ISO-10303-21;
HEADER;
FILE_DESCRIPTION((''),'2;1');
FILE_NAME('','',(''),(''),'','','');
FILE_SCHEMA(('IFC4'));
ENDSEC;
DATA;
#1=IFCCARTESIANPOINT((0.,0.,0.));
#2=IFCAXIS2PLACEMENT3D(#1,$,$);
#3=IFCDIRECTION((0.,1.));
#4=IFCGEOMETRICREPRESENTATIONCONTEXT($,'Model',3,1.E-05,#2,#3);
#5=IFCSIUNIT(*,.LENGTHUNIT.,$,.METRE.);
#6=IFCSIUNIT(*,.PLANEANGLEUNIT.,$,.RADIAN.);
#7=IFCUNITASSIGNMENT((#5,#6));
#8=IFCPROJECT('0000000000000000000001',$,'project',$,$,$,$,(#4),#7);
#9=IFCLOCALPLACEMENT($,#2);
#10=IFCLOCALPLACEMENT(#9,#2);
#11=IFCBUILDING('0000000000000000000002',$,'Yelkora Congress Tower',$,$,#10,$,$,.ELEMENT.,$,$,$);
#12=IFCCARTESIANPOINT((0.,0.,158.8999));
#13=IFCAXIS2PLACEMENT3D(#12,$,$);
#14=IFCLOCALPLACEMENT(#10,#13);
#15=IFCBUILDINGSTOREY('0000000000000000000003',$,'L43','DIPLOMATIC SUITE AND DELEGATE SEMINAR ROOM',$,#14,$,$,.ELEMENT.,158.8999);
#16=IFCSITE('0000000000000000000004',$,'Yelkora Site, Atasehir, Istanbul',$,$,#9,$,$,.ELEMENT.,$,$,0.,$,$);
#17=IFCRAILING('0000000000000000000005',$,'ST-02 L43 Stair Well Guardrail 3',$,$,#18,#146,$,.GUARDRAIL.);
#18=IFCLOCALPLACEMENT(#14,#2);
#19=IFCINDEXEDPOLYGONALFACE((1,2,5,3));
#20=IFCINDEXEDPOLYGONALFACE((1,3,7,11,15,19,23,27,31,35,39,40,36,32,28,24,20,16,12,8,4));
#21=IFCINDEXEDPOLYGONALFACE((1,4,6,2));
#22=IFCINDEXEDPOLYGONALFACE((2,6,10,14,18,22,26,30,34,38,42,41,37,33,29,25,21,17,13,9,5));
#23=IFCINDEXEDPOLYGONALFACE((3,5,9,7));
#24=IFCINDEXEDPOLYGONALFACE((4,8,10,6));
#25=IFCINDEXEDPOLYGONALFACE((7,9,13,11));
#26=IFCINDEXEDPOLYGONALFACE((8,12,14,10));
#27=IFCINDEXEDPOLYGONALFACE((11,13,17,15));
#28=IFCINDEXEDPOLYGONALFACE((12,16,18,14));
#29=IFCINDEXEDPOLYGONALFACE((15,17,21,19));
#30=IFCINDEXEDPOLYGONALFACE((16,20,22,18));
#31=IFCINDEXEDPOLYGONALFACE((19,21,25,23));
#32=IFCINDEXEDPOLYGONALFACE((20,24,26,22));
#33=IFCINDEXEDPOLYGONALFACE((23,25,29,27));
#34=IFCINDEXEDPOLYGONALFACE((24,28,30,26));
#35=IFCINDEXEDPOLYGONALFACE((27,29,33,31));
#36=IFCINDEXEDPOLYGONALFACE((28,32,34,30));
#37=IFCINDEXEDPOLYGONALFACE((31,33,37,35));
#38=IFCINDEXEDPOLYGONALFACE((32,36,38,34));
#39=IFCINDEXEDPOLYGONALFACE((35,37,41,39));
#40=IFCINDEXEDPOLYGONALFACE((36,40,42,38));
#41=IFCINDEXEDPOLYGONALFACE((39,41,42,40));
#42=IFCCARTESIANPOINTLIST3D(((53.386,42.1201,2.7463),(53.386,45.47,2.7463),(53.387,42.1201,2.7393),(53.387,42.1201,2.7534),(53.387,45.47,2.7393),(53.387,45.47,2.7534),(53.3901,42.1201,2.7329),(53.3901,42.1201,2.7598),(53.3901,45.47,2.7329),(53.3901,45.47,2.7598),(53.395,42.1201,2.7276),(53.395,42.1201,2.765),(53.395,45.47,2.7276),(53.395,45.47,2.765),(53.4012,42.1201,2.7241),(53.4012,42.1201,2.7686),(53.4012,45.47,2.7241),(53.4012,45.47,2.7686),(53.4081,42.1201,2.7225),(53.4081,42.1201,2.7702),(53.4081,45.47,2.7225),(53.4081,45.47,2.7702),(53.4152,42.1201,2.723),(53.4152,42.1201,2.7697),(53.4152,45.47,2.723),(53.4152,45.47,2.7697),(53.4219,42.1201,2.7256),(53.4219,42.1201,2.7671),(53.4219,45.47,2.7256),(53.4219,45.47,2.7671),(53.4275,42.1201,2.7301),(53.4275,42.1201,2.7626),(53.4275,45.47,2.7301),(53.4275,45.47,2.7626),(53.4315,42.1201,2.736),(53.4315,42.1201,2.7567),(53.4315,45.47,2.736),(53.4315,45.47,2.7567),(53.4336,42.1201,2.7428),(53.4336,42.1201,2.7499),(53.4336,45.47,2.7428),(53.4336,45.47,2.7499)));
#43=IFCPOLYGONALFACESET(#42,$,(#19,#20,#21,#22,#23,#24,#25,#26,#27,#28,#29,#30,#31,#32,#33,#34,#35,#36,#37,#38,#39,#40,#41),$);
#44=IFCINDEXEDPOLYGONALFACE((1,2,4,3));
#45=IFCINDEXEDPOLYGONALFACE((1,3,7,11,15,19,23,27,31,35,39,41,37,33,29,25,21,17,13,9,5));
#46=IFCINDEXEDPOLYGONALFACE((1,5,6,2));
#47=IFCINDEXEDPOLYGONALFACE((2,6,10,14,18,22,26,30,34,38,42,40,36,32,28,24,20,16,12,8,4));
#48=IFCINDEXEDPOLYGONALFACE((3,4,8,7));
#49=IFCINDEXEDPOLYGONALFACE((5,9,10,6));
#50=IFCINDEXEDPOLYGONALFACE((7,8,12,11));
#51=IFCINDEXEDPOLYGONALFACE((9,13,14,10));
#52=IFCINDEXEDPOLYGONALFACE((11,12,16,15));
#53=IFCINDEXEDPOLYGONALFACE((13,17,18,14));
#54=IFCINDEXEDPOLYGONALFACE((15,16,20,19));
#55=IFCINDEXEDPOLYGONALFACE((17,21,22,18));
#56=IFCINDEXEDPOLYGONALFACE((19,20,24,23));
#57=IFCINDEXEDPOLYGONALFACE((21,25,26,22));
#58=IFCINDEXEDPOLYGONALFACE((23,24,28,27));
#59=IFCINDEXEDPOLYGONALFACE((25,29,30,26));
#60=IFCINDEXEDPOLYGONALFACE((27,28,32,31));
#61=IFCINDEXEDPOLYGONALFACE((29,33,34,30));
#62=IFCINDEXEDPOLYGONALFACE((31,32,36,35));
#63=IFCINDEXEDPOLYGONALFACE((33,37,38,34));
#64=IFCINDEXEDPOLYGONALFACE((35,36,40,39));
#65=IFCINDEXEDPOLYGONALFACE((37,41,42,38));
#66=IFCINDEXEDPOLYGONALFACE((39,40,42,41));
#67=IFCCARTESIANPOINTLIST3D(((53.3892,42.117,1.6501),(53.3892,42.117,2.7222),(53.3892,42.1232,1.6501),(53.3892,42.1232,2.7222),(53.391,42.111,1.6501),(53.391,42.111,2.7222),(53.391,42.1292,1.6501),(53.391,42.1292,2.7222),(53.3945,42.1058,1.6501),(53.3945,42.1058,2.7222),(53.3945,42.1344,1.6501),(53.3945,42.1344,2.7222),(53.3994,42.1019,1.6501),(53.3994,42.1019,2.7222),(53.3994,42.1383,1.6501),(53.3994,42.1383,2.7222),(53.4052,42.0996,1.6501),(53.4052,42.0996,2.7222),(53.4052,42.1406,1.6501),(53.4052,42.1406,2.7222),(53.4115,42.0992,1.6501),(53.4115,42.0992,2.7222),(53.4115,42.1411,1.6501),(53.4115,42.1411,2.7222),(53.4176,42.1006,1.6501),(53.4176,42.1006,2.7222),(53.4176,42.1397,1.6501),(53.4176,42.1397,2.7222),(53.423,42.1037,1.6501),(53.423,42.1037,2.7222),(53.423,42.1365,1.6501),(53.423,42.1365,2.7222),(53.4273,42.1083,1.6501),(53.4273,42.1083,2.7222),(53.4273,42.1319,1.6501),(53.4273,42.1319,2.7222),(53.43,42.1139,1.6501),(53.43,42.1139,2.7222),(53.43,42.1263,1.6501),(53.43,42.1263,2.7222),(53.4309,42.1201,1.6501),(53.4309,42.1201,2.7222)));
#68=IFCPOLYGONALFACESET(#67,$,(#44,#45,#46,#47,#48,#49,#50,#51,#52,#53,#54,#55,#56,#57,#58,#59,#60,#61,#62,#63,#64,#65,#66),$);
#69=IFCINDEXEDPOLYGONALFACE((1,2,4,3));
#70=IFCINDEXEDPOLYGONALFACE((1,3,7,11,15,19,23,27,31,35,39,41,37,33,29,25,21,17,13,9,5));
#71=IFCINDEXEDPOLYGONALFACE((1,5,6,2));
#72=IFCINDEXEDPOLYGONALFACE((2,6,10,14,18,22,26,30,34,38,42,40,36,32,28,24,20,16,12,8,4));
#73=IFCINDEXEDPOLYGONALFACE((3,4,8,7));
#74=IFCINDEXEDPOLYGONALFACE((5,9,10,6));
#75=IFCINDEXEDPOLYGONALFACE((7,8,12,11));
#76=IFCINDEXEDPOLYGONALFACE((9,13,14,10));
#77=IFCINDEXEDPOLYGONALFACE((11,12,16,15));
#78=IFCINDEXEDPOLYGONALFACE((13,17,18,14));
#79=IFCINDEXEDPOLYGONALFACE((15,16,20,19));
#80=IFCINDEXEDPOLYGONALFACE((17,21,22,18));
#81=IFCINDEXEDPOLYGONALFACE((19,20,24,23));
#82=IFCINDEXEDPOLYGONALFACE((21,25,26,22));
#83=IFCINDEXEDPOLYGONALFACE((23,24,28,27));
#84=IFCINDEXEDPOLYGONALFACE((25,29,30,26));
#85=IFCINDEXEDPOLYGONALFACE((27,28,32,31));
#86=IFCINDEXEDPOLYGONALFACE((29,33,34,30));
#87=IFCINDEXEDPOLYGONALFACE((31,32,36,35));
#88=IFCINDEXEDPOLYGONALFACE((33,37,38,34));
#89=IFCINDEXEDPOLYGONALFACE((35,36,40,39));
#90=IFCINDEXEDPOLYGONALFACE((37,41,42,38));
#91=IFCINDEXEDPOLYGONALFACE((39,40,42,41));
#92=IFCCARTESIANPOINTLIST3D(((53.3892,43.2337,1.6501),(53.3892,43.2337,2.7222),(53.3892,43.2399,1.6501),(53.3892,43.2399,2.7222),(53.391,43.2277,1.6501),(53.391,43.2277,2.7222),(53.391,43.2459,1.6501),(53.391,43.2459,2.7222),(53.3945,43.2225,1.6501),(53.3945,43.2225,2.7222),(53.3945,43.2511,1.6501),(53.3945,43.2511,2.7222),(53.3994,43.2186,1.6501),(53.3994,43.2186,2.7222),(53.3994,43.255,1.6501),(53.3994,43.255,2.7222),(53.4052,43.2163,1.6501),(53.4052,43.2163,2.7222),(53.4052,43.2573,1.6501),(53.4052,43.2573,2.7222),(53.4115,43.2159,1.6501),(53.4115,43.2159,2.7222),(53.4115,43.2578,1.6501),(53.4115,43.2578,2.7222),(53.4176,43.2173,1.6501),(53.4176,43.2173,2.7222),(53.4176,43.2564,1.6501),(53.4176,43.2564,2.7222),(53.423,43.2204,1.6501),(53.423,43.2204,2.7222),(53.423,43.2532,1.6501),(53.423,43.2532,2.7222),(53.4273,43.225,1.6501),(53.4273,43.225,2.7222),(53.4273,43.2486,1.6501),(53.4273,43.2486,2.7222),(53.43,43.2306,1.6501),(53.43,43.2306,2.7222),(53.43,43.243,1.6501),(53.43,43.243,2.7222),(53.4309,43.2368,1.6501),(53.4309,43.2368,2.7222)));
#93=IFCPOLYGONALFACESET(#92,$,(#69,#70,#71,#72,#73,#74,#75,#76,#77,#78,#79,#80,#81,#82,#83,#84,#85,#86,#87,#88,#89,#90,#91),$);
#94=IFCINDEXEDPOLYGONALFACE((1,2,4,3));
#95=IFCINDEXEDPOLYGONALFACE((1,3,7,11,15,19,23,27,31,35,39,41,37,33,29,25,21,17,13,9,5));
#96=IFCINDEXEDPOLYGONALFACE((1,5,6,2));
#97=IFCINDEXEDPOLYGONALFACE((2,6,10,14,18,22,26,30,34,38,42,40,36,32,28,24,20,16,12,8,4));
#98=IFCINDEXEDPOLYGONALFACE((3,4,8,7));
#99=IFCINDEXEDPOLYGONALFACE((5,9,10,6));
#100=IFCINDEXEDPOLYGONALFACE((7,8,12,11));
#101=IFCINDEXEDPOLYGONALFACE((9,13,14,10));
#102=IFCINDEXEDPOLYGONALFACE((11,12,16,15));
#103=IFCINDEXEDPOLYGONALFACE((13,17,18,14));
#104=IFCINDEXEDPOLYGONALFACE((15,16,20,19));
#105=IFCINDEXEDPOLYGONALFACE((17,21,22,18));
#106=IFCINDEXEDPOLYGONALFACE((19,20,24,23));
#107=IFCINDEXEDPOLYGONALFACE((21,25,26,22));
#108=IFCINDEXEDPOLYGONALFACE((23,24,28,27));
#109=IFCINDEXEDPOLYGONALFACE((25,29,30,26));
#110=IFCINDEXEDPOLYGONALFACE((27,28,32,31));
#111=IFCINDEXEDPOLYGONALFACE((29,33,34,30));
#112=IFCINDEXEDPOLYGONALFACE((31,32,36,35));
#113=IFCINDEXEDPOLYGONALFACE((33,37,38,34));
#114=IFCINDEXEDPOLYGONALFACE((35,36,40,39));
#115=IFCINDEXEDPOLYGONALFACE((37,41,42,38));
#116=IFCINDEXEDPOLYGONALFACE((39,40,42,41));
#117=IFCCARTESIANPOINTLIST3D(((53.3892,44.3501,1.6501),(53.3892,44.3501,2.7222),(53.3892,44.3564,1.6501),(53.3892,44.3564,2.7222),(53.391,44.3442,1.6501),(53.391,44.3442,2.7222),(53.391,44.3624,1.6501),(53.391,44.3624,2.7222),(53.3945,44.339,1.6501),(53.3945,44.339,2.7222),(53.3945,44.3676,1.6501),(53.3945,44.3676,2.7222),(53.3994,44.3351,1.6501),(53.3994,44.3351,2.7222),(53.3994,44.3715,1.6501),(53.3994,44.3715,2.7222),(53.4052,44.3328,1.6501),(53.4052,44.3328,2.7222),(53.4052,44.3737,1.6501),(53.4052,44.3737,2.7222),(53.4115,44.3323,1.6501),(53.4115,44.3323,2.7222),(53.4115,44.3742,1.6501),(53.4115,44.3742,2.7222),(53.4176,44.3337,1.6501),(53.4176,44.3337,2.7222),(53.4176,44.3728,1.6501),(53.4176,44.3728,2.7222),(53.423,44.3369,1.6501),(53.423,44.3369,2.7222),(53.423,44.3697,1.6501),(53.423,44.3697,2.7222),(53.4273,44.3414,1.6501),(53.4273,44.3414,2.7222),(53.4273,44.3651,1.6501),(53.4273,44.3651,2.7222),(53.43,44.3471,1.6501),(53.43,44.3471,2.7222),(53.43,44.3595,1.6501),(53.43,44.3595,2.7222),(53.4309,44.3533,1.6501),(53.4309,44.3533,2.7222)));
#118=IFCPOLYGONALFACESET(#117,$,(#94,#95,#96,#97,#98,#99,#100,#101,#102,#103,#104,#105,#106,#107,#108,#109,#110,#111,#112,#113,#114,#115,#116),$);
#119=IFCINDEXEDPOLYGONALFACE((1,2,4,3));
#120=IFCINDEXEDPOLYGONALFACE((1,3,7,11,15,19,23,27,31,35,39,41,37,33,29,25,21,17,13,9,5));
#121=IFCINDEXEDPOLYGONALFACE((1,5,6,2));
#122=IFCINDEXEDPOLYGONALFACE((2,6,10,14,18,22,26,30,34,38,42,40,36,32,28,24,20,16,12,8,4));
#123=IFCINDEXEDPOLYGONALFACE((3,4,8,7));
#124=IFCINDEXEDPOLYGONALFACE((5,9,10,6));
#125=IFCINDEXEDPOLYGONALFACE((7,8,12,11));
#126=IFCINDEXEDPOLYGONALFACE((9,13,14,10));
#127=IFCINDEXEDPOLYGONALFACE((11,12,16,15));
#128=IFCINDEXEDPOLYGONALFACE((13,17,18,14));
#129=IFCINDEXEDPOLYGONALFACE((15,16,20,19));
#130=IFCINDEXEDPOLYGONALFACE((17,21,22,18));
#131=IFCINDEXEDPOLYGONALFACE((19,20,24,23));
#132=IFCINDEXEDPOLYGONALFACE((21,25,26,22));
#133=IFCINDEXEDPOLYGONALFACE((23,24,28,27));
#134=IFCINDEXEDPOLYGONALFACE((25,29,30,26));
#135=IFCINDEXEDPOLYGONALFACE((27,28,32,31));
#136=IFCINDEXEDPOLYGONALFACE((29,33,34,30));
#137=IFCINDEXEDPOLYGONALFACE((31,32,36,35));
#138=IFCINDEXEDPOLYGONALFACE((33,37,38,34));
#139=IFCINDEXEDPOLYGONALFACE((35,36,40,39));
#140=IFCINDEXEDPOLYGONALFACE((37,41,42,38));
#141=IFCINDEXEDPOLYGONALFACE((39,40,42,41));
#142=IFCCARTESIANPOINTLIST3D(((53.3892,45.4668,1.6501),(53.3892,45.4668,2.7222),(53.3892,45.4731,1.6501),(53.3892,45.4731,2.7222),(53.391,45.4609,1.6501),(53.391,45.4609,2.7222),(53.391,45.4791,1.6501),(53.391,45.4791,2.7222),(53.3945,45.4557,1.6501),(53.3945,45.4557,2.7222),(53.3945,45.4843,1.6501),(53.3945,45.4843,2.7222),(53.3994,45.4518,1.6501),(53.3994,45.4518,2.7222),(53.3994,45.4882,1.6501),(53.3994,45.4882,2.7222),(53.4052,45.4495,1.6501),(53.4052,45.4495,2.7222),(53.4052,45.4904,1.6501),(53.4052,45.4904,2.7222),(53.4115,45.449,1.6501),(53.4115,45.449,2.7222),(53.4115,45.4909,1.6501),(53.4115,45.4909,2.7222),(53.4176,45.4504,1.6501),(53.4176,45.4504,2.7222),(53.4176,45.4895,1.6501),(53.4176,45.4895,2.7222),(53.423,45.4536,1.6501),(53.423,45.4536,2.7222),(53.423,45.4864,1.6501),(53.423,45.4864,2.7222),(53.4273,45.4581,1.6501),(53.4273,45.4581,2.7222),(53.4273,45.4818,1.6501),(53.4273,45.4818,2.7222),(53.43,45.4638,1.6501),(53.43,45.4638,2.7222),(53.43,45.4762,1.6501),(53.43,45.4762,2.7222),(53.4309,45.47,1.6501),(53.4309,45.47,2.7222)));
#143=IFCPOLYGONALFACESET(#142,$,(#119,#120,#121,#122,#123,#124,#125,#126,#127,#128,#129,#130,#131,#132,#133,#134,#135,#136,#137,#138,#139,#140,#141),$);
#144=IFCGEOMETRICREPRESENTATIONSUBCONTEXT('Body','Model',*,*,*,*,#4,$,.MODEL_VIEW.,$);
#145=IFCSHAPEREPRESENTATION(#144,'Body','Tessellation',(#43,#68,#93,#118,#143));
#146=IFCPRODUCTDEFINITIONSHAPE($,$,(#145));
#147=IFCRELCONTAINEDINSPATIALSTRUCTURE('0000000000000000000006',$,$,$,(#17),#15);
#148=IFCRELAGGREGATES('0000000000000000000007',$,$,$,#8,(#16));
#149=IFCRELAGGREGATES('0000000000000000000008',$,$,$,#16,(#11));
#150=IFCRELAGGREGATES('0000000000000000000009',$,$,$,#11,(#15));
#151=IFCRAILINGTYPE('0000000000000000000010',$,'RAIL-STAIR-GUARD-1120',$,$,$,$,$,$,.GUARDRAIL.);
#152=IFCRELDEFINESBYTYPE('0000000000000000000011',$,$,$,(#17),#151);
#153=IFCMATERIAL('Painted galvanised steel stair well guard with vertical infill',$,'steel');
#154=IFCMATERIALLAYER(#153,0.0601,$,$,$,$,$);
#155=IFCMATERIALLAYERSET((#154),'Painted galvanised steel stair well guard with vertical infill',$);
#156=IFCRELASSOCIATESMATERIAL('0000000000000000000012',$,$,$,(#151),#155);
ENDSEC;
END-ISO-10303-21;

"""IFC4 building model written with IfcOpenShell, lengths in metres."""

from ifc_helpers import new_model, si_unit, direction, frame, origin, origin_2d, place, context, subcontext, project, spatial, circle, extrude, material, layer, layer_set, type_object, element, save


model = new_model("IFC4")

# Units and contexts
model_context = context("Model", 3, precision=1e-05, world=origin(), true_north=direction((0.0, 1.0)))
body_context = subcontext(model_context, "Body", "Model", "MODEL_VIEW")
ifc_project = project(units=[si_unit("LENGTHUNIT", "METRE"), si_unit("PLANEANGLEUNIT", "RADIAN")], contexts=[model_context])

# Site, building, storey
site_placement = place(None, origin())
site = spatial("IfcSite", under=ifc_project, at=site_placement, Name="Yelkora Site, Atasehir, Istanbul", CompositionType="ELEMENT", RefElevation=0.0)
building_placement = place(site_placement, origin())
building = spatial("IfcBuilding", under=site, at=building_placement, Name="Yelkora Congress Tower", CompositionType="ELEMENT")
storey_placement = place(building_placement, frame((0.0, 0.0, 158.8999)))
storey = spatial("IfcBuildingStorey", under=building, at=storey_placement, Name="L43", Description="DIPLOMATIC SUITE AND DELEGATE SEMINAR ROOM", CompositionType="ELEMENT", Elevation=158.8999)

# Railing
ifc_material_1 = material(Name="Painted galvanised steel stair well guard with vertical infill", Category="steel")
ifc_layer_1 = layer(ifc_material_1, 0.0601)
ifc_layer_set_1 = layer_set([ifc_layer_1], Name="Painted galvanised steel stair well guard with vertical infill")
railing_type_1 = type_object("IfcRailingType", Name="RAIL-STAIR-GUARD-1120", PredefinedType="GUARDRAIL", material=ifc_layer_set_1)
for number, where, name in (
    (1, (53.4099, 42.1201, 1.6501), "ST-02 L43 Stair Well Guardrail 3"),
):
    element("IfcRailing", number, at=place(storey_placement, frame(where)), inside=storey, type_object=railing_type_1, Name=name, PredefinedType="GUARDRAIL", context=body_context, shape_type="SweptSolid", body=[
        extrude(circle(Radius=0.0239, at=origin_2d()), frame((0.0, 0.0, 1.0962), z_axis=(0.0, 1.0, 0.0), x_axis=(-1.0, 0.0, 0.0)), (0.0, 0.0, 1.0), 3.3499),
        extrude(circle(Radius=0.021, at=origin_2d()), origin(), (0.0, 0.0, 1.0), 1.072),
        extrude(circle(Radius=0.021, at=origin_2d()), frame((0.0, 1.1167, 0.0)), (0.0, 0.0, 1.0), 1.072),
        extrude(circle(Radius=0.021, at=origin_2d()), frame((0.0, 2.2332, 0.0)), (0.0, 0.0, 1.0), 1.072),
        extrude(circle(Radius=0.021, at=origin_2d()), frame((0.0, 3.3499, 0.0)), (0.0, 0.0, 1.0), 1.072),
    ])

save(model, "model.ifc")
